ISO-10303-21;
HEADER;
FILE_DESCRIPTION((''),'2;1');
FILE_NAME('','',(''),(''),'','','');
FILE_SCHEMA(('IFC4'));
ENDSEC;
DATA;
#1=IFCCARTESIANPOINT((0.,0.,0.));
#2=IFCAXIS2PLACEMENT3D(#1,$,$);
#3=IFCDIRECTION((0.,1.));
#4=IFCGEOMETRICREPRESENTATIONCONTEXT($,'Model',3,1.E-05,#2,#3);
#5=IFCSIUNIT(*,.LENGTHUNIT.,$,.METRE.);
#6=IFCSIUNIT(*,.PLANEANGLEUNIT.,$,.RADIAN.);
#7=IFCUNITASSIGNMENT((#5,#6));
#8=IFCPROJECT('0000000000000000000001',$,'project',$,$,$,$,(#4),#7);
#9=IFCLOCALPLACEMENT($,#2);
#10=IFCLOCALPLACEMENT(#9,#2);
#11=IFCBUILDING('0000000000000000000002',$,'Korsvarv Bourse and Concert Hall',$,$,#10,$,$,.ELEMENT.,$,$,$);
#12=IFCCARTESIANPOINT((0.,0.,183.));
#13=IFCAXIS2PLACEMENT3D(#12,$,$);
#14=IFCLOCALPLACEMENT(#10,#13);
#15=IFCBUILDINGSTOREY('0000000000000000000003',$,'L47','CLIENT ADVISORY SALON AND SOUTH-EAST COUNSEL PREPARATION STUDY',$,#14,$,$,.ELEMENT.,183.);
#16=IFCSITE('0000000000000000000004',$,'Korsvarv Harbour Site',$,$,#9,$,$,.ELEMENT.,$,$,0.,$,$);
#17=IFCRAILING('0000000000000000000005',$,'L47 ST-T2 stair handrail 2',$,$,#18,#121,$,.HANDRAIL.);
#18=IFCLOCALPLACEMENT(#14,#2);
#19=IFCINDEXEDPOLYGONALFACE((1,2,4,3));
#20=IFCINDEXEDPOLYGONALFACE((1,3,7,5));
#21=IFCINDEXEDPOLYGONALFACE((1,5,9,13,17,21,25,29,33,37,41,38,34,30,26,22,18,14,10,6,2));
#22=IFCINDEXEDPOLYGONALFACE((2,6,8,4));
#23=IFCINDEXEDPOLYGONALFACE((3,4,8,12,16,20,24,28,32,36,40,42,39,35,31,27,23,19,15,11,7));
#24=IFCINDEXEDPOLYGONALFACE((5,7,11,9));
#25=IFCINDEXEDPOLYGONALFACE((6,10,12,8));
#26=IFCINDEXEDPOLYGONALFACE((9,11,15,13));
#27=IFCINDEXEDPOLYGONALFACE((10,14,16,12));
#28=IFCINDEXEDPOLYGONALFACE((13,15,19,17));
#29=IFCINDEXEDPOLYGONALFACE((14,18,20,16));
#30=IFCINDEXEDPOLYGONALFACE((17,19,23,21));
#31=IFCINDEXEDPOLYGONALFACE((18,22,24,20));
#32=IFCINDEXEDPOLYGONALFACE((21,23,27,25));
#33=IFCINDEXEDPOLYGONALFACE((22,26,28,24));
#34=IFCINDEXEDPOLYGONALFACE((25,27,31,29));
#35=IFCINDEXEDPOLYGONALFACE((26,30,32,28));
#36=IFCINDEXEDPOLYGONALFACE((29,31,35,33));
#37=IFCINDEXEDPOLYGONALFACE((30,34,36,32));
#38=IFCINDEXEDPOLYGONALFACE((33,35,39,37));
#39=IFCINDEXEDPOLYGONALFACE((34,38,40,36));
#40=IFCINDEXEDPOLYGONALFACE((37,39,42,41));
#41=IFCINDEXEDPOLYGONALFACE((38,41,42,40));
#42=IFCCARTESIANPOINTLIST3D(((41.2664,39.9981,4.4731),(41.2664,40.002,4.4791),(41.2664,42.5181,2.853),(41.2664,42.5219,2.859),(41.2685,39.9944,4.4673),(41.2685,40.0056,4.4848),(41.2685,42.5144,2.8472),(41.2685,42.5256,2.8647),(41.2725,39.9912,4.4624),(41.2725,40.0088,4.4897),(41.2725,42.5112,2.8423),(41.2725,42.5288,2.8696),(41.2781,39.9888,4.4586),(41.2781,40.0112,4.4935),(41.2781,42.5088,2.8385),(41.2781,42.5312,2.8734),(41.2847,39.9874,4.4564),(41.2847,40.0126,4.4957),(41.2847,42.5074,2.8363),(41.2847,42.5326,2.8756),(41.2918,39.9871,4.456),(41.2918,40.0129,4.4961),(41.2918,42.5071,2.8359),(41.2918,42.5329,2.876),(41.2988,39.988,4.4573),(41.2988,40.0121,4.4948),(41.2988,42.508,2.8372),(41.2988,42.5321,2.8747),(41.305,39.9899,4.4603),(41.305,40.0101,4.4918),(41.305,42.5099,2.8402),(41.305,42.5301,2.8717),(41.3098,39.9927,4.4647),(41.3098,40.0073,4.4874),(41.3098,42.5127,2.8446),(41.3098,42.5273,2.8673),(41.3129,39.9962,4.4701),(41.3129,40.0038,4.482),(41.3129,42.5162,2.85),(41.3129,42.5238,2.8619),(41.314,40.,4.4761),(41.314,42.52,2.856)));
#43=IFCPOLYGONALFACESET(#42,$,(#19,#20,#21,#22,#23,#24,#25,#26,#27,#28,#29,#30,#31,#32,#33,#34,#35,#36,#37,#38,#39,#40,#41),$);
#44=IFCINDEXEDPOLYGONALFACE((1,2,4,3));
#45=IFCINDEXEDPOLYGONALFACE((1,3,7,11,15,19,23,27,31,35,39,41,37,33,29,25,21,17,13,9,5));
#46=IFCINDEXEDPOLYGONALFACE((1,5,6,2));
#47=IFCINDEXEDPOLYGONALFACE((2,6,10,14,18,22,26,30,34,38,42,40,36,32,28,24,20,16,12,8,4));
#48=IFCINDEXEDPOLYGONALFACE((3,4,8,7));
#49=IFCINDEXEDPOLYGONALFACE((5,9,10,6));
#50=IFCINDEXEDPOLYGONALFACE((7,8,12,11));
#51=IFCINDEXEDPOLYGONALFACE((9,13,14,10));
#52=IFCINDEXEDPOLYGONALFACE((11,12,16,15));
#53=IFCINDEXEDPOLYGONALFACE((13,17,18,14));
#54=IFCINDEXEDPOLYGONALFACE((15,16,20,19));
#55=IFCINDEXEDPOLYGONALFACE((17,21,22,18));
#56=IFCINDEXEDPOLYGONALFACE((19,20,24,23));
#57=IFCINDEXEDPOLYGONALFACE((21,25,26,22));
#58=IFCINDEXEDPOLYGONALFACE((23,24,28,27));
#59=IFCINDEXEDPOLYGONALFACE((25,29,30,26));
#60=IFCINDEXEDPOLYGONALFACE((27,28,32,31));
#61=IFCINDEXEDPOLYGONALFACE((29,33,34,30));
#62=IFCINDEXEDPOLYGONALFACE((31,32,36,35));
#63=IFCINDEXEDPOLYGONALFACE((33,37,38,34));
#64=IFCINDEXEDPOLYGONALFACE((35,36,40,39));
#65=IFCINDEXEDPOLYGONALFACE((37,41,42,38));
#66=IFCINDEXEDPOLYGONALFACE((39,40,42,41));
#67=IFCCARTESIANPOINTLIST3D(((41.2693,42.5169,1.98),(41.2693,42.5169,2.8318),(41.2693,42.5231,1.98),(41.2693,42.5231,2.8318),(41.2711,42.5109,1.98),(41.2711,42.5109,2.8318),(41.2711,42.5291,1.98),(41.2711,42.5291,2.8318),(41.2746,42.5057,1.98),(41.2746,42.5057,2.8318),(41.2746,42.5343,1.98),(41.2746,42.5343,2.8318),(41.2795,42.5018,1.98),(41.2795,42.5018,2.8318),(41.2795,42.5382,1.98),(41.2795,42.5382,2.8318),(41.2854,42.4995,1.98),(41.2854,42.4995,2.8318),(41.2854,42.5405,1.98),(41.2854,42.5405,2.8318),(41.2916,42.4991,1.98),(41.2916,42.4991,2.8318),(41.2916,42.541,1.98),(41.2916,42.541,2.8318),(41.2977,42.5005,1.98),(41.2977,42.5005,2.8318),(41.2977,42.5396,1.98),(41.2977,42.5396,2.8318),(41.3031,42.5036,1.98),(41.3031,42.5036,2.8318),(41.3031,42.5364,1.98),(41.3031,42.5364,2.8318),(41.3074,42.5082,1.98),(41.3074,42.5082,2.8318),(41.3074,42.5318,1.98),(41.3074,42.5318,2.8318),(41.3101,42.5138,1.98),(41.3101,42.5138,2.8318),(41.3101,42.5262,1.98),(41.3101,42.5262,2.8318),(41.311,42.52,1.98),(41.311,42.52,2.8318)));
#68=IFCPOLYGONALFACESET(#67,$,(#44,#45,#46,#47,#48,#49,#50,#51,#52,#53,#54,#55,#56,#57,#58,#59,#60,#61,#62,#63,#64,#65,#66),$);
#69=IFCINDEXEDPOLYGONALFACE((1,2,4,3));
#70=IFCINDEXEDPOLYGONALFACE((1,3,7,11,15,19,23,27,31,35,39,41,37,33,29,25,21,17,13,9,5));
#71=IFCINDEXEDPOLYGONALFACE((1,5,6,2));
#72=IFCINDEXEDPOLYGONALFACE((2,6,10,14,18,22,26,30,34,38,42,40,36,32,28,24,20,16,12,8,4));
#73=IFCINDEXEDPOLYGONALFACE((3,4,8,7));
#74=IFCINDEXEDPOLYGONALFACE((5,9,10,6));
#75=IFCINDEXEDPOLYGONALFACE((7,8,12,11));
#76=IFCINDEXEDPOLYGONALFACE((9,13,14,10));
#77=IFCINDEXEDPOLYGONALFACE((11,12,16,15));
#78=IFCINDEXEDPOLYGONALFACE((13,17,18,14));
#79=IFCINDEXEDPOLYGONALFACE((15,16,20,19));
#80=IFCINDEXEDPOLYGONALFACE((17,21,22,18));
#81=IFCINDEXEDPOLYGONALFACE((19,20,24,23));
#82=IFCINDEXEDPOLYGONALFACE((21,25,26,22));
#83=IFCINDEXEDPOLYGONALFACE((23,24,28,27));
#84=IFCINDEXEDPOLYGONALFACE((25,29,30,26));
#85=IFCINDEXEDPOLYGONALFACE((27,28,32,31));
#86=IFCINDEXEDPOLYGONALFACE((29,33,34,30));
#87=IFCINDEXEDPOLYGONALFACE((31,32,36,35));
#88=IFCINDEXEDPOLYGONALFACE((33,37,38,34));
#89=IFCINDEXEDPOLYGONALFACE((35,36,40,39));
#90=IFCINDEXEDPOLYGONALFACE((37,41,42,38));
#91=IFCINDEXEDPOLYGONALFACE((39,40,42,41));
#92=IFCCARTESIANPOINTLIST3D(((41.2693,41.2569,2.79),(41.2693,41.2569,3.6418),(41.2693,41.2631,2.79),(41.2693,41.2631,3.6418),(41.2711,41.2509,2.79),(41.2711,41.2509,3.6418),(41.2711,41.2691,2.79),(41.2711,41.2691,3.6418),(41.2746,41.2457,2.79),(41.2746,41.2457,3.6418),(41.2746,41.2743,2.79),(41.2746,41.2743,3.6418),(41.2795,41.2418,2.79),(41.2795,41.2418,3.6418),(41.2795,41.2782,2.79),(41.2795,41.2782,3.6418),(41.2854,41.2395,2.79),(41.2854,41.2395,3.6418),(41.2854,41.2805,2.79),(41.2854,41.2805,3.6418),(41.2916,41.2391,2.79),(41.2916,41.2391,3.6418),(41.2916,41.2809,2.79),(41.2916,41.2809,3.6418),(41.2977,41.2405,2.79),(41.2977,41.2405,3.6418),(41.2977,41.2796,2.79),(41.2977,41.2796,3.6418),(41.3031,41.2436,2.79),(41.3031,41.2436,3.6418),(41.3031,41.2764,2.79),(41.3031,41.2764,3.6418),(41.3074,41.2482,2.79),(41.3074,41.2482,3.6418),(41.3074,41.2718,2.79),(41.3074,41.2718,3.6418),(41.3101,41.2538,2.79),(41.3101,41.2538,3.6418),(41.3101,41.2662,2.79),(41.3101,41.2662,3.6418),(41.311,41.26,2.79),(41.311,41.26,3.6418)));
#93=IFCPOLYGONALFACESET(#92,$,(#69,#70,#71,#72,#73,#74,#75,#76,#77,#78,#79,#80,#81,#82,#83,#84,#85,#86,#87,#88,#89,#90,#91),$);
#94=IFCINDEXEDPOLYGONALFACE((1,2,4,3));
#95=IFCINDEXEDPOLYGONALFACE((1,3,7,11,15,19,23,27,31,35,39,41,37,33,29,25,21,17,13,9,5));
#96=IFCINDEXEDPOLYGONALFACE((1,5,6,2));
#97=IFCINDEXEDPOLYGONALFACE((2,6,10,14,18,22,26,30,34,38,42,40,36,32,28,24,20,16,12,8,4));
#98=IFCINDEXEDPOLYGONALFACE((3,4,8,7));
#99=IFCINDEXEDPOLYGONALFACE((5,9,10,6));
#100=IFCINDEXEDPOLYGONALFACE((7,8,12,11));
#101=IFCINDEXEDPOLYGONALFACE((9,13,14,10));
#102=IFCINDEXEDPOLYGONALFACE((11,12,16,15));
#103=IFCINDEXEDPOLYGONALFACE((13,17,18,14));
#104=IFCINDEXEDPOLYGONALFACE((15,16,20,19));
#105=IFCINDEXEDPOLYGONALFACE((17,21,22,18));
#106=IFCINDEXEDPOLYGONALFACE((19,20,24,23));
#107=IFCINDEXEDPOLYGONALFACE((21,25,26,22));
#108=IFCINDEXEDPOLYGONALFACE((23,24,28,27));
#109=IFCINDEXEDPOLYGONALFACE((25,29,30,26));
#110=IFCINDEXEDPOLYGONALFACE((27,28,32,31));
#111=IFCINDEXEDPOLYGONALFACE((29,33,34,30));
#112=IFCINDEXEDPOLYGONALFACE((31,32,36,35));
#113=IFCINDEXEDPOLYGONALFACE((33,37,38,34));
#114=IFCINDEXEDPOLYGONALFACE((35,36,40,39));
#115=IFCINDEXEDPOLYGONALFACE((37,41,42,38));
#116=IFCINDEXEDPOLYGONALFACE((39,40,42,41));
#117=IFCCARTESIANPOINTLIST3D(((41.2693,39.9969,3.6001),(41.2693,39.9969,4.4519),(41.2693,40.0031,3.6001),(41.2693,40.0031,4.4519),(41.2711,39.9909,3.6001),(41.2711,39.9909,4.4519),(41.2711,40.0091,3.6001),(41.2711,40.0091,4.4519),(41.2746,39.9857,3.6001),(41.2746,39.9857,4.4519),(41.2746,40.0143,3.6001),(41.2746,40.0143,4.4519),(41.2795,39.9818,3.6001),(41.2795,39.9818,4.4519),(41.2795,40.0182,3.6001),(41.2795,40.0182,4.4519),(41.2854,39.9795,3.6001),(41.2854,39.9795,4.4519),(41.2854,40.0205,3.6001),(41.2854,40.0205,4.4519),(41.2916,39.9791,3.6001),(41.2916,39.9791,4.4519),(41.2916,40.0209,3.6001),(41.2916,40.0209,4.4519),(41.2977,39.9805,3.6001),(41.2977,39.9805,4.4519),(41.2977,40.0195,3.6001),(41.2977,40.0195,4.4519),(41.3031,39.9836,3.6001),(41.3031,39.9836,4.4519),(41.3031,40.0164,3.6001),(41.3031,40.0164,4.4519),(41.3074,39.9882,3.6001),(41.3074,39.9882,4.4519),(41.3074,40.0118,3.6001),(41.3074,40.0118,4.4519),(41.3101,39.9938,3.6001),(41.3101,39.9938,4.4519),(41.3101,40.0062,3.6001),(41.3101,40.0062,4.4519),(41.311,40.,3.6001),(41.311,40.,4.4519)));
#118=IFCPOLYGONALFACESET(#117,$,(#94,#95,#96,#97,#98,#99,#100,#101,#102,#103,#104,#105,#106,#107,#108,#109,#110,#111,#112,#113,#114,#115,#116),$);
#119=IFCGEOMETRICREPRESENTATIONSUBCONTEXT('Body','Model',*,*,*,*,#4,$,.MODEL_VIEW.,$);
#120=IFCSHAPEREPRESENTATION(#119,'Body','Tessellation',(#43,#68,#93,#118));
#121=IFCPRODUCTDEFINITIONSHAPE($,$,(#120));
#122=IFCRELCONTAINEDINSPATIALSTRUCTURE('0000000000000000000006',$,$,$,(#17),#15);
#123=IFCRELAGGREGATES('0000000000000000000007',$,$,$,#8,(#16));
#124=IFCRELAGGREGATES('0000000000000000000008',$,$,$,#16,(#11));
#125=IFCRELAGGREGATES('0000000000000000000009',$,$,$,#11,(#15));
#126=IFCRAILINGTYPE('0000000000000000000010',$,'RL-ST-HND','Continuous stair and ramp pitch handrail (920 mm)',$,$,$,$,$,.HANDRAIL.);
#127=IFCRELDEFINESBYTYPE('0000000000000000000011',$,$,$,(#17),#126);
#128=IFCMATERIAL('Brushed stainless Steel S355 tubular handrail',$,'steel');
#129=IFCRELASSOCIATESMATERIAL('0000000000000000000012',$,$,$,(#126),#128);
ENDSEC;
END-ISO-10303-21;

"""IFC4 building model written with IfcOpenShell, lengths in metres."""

from ifc_helpers import new_model, si_unit, direction, frame, origin, origin_2d, place, context, subcontext, project, spatial, circle, extrude, material, type_object, element, save


model = new_model("IFC4")

# Units and contexts
model_context = context("Model", 3, precision=1e-05, world=origin(), true_north=direction((0.0, 1.0)))
body_context = subcontext(model_context, "Body", "Model", "MODEL_VIEW")
ifc_project = project(units=[si_unit("LENGTHUNIT", "METRE"), si_unit("PLANEANGLEUNIT", "RADIAN")], contexts=[model_context])

# Site, building, storey
site_placement = place(None, origin())
site = spatial("IfcSite", under=ifc_project, at=site_placement, Name="Korsvarv Harbour Site", CompositionType="ELEMENT", RefElevation=0.0)
building_placement = place(site_placement, origin())
building = spatial("IfcBuilding", under=site, at=building_placement, Name="Korsvarv Bourse and Concert Hall", CompositionType="ELEMENT")
storey_placement = place(building_placement, frame((0.0, 0.0, 183.0)))
storey = spatial("IfcBuildingStorey", under=building, at=storey_placement, Name="L47", Description="CLIENT ADVISORY SALON AND SOUTH-EAST COUNSEL PREPARATION STUDY", CompositionType="ELEMENT", Elevation=183.0)

# Railing
ifc_material_1 = material(Name="Brushed stainless Steel S355 tubular handrail", Category="steel")
railing_type = type_object("IfcRailingType", Name="RL-ST-HND", Description="Continuous stair and ramp pitch handrail (920 mm)", PredefinedType="HANDRAIL", material=ifc_material_1)
railing_placement = place(storey_placement, frame((41.29, 42.52, 1.98)))
element("IfcRailing", 1, at=railing_placement, inside=storey, type_object=railing_type, Name="L47 ST-T2 stair handrail 2", PredefinedType="HANDRAIL", context=body_context, shape_type="SweptSolid", body=[
    extrude(circle(Radius=0.0239, at=origin_2d()), frame((0.0, 0.0, 0.876), z_axis=(0.0, -0.841163, 0.540782), x_axis=(1.0, 0.0, 0.0)), (0.0, 0.0, 1.0), 2.9958),
    extrude(circle(Radius=0.021, at=origin_2d()), origin(), (0.0, 0.0, 1.0), 0.8518),
    extrude(circle(Radius=0.021, at=origin_2d()), frame((0.0, -1.26, 0.8101)), (0.0, 0.0, 1.0), 0.8518),
    extrude(circle(Radius=0.021, at=origin_2d()), frame((0.0, -2.52, 1.6201)), (0.0, 0.0, 1.0), 0.8518),
])

save(model, "model.ifc")
